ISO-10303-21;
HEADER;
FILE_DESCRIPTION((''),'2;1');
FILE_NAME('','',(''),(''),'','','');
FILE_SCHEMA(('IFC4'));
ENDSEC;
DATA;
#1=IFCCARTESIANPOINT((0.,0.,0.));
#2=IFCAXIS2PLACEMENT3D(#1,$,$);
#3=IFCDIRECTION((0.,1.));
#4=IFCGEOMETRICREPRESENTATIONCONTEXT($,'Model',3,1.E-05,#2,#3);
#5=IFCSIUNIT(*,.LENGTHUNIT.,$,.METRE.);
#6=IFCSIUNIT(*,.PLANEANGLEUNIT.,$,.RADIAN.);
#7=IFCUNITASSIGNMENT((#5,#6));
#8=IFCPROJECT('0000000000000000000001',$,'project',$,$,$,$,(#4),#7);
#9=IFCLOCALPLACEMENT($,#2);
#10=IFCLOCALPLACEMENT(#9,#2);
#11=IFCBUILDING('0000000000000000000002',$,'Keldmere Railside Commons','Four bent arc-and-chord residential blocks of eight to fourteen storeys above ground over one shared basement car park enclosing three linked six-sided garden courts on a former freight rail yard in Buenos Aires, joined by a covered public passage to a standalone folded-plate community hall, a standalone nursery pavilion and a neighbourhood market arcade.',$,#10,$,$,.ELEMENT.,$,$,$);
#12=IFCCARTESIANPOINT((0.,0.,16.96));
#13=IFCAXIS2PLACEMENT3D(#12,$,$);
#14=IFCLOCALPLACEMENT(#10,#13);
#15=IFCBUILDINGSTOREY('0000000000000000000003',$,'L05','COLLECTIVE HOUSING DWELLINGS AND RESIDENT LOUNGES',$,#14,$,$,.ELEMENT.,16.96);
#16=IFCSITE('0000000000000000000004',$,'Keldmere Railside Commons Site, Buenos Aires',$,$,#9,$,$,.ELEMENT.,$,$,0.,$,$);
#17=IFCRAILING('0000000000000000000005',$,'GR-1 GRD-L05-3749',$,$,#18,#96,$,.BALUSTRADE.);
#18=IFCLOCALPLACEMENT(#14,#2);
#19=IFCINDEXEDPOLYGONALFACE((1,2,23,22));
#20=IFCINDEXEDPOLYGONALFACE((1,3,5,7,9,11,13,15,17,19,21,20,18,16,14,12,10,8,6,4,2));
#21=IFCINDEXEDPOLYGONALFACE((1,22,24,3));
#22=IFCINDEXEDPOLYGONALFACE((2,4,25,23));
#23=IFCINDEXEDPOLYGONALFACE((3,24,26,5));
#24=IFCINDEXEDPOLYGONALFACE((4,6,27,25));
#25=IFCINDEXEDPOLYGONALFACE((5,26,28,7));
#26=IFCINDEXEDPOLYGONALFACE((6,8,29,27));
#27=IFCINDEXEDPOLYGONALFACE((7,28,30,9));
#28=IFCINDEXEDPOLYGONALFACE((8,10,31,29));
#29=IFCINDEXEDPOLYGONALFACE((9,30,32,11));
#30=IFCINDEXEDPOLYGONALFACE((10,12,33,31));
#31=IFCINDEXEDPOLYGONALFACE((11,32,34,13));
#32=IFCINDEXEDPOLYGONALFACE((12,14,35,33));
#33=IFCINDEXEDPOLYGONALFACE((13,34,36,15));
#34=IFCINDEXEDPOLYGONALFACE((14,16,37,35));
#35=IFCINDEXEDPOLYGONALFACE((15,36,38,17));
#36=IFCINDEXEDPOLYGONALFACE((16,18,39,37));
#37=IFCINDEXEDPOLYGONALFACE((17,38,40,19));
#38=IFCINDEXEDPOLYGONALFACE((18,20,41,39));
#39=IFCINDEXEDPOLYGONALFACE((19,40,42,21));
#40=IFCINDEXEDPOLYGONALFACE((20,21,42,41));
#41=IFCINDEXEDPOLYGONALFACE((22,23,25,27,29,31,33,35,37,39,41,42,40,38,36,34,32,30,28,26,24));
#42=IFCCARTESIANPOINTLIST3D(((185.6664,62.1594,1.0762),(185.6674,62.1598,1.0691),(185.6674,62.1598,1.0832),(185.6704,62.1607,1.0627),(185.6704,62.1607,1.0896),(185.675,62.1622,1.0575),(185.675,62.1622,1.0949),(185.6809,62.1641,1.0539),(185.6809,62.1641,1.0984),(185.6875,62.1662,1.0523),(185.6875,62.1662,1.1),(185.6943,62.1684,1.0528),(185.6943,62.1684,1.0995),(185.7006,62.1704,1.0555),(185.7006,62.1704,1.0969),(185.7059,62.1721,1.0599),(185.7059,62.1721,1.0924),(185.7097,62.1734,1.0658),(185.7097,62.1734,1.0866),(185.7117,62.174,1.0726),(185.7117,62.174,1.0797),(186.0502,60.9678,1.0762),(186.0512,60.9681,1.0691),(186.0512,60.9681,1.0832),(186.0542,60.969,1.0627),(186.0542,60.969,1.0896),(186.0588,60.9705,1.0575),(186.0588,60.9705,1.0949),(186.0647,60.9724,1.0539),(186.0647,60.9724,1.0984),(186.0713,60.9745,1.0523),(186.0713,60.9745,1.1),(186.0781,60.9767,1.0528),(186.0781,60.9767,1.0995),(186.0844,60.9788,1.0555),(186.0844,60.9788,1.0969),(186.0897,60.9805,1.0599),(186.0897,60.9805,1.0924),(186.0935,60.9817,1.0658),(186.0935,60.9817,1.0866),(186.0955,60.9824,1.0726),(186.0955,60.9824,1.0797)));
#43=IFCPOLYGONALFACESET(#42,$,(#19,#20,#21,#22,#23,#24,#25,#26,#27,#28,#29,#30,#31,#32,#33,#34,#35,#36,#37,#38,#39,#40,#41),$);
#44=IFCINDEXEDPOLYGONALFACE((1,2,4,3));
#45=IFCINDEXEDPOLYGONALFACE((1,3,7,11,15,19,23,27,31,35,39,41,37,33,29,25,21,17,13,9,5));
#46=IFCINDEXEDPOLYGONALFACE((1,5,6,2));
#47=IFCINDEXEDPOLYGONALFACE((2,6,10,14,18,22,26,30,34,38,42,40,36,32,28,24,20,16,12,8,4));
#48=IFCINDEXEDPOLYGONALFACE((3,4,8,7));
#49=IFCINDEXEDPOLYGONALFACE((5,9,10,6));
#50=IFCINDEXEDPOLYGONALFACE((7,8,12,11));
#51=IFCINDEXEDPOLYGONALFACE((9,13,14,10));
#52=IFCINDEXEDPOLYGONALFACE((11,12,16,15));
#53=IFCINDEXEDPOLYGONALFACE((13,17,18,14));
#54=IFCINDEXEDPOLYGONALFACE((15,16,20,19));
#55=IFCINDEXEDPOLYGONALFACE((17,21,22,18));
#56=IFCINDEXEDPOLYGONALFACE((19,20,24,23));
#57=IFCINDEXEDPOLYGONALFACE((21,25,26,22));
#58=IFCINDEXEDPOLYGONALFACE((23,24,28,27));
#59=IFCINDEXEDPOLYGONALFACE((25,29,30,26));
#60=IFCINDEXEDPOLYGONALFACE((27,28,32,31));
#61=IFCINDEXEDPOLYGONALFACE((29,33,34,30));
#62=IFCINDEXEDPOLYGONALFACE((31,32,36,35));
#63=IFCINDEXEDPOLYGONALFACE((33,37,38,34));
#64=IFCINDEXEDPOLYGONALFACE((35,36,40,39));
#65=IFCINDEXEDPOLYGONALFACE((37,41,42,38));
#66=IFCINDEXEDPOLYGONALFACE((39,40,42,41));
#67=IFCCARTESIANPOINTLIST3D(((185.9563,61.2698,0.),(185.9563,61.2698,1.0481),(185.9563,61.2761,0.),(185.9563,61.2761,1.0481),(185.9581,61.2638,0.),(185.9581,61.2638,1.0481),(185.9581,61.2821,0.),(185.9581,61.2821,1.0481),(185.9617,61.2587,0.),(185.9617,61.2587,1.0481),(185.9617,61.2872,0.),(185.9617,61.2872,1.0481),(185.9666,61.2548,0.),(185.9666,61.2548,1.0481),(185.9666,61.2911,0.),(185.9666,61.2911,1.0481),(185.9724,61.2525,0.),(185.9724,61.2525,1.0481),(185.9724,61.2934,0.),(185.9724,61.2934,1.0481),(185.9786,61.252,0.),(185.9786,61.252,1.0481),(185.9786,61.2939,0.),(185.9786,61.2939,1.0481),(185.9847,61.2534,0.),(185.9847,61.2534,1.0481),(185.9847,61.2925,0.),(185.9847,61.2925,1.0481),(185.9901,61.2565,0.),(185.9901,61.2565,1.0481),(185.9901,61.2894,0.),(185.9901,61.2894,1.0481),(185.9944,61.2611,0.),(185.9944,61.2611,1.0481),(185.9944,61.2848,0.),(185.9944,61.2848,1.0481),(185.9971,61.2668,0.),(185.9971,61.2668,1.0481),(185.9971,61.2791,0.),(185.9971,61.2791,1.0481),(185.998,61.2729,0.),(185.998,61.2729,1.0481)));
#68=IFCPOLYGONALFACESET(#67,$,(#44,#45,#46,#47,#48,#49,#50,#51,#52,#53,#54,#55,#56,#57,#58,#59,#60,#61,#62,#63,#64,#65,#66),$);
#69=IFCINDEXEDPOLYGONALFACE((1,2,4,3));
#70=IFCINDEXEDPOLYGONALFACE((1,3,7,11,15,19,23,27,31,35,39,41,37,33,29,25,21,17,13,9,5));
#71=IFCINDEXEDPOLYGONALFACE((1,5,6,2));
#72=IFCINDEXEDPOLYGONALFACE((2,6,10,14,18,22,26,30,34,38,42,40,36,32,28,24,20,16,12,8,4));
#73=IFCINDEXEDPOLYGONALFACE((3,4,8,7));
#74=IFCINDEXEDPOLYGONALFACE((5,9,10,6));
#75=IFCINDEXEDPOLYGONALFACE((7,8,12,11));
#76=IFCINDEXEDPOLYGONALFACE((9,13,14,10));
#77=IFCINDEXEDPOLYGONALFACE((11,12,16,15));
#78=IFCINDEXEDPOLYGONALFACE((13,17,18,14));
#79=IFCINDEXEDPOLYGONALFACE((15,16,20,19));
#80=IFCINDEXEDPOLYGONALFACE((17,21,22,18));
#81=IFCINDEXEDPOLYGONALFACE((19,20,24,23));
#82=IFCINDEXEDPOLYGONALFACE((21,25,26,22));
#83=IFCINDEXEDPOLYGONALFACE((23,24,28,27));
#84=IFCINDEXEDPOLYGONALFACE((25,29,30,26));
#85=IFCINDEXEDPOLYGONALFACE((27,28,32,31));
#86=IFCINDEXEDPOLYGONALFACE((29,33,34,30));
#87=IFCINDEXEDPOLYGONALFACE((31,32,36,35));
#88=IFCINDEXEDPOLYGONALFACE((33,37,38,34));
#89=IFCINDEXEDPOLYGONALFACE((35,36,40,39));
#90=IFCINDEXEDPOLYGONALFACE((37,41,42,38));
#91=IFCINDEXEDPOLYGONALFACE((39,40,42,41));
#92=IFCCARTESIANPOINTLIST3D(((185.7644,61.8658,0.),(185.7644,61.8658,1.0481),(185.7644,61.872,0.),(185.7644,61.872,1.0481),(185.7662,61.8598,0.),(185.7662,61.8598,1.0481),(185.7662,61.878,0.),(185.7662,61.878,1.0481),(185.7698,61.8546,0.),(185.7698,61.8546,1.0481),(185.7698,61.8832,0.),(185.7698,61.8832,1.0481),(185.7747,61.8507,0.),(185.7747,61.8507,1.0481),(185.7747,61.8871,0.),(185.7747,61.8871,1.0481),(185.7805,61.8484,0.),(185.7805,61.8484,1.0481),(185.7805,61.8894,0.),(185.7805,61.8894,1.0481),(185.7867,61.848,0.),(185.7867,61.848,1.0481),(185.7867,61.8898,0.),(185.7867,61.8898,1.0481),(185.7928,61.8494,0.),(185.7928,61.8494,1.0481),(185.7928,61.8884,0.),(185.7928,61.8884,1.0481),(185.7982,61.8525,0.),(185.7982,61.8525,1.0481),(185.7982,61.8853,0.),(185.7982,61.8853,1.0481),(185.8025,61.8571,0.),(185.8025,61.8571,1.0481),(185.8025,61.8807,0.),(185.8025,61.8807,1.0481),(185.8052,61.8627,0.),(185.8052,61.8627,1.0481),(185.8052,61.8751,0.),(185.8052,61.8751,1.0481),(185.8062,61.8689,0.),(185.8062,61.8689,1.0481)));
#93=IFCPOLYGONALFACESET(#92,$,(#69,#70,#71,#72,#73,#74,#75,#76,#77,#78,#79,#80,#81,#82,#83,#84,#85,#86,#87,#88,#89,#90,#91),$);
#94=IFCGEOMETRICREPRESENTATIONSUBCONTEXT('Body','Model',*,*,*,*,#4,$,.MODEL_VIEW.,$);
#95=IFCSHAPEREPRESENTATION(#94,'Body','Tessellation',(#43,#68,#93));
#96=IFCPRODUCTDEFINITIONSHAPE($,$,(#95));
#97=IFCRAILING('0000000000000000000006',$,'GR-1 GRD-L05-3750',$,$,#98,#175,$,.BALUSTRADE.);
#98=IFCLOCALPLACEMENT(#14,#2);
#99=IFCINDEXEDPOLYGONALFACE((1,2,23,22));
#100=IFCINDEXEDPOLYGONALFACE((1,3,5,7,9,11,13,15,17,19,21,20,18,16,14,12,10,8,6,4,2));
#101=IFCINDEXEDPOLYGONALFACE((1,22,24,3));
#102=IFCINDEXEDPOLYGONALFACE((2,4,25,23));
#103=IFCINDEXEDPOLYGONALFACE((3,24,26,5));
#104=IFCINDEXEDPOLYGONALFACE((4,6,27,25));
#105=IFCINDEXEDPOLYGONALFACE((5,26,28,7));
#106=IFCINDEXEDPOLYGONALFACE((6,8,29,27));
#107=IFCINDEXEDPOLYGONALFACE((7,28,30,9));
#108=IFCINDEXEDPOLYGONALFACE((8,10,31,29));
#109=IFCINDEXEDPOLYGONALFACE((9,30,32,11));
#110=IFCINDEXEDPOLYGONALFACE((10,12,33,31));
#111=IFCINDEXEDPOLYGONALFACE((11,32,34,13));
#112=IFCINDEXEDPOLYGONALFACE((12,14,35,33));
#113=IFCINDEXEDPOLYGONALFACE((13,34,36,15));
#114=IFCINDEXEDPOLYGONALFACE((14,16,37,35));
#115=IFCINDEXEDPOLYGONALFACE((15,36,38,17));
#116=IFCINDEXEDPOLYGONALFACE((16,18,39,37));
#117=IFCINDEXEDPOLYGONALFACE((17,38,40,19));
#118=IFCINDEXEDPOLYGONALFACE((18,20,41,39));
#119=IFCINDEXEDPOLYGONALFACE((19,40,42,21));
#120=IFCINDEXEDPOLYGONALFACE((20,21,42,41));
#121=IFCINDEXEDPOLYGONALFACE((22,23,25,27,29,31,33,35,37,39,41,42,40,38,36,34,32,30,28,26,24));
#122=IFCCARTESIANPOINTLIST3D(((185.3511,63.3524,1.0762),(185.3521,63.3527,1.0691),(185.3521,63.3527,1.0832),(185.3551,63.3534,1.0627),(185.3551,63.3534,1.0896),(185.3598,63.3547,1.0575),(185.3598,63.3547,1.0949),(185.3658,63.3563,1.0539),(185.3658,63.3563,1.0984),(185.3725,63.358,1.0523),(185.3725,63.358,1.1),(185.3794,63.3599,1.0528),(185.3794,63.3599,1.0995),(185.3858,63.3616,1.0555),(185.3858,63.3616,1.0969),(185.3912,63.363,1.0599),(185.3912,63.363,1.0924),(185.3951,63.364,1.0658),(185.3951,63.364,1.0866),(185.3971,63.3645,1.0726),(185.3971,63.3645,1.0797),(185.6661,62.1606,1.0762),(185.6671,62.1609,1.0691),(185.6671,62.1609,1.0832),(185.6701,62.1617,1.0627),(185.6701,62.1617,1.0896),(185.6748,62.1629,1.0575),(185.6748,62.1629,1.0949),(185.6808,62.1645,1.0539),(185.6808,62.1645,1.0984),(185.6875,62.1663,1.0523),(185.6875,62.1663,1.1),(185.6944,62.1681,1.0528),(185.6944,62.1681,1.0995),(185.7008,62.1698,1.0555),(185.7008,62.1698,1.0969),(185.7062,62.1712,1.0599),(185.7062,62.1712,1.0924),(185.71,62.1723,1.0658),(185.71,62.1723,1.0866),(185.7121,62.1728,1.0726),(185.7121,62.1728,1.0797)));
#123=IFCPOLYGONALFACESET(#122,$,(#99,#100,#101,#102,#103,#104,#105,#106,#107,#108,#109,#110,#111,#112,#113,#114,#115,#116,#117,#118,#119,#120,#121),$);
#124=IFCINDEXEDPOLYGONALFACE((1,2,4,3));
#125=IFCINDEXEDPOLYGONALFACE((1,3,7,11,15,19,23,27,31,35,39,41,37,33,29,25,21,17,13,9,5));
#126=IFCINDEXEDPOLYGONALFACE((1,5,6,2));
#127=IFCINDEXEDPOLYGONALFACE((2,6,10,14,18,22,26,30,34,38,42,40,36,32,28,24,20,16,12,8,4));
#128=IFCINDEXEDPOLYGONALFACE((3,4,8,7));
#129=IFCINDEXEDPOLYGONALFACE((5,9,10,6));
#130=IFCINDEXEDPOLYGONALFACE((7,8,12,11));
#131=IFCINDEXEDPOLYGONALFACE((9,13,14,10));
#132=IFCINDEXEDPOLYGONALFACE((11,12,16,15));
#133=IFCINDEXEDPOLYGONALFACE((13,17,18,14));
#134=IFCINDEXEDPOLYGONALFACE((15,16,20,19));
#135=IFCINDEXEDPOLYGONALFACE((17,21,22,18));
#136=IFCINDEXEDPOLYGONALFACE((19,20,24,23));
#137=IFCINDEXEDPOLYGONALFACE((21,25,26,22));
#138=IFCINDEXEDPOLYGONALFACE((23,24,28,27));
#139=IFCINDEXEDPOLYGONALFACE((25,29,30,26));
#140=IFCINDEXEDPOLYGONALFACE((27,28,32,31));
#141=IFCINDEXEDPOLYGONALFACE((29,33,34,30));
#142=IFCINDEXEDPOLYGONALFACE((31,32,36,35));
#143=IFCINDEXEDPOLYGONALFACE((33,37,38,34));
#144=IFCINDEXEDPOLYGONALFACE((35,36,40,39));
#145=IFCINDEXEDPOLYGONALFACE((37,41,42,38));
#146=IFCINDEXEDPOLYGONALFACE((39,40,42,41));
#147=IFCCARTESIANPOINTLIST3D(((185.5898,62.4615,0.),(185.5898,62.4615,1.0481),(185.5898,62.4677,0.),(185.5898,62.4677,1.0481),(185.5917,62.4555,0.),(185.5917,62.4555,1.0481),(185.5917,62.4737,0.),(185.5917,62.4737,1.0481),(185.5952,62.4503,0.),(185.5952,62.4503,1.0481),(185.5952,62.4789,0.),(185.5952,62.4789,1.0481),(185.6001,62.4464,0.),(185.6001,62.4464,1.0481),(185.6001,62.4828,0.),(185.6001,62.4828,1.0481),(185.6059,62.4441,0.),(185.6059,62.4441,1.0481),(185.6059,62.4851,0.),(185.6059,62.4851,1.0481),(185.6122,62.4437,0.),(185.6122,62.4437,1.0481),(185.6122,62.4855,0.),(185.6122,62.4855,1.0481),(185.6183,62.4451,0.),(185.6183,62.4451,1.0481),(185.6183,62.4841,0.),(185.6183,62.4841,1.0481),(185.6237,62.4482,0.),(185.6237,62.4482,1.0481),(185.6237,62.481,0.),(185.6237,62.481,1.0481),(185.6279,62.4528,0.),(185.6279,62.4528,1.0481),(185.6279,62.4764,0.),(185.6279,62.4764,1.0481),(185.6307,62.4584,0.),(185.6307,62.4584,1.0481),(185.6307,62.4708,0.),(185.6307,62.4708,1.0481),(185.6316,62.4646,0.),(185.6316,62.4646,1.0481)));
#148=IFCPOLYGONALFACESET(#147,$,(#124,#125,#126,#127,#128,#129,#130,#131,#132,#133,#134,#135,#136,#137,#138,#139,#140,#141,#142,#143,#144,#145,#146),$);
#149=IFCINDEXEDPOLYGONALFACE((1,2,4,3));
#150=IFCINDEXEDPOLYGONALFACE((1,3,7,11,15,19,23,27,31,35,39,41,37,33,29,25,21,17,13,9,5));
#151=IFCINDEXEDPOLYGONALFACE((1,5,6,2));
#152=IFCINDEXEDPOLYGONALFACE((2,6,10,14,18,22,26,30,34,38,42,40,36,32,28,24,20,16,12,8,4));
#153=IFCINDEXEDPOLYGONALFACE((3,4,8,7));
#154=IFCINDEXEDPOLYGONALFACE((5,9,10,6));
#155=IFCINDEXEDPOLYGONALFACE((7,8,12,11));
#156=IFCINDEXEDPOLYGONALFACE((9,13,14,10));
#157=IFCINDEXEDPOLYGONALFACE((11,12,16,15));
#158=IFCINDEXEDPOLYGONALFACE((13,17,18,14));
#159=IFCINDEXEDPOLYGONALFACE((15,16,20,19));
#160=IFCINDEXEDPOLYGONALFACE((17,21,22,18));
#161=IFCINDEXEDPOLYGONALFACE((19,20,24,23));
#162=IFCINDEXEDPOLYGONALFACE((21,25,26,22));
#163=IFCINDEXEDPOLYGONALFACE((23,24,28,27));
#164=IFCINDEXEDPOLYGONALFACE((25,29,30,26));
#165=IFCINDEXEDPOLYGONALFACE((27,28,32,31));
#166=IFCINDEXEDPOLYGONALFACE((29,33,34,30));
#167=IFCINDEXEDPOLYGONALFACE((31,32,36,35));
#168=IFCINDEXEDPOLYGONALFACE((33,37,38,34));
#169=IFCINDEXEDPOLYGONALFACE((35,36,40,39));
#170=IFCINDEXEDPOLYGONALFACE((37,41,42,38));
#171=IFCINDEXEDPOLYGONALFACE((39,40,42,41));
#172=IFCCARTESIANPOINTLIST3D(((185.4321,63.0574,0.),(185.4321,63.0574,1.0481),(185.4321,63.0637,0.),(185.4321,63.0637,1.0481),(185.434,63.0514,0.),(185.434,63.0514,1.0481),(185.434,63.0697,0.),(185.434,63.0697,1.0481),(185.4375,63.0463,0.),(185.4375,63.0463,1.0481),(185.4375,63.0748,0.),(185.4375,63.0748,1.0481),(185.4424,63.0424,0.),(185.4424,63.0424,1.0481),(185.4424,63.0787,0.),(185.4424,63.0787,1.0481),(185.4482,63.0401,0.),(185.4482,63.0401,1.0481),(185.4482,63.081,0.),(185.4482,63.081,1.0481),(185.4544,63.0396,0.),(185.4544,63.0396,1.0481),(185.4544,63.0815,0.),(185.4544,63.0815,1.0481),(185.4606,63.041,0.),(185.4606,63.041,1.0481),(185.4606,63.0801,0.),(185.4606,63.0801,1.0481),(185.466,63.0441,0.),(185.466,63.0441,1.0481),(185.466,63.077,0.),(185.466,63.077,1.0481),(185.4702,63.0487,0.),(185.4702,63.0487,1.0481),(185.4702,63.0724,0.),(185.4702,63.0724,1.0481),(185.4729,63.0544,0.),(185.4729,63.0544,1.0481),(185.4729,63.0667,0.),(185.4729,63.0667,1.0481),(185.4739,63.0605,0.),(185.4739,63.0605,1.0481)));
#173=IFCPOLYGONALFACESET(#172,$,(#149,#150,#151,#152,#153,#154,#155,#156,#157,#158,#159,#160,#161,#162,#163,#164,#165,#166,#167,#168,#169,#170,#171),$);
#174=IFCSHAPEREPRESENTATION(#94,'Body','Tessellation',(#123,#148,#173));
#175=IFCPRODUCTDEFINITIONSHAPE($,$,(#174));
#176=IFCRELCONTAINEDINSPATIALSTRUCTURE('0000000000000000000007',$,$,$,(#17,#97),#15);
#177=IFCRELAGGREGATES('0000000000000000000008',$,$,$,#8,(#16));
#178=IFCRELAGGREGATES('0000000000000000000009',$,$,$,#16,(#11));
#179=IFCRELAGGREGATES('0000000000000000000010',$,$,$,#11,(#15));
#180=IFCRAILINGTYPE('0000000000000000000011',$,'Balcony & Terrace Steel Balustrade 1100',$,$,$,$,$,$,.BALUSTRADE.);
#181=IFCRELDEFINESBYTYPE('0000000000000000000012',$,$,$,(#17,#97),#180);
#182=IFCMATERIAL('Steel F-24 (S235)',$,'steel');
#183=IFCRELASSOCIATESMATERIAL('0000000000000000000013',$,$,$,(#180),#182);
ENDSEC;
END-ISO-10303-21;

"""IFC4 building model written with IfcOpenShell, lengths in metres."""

from ifc_helpers import new_model, si_unit, direction, frame, origin, origin_2d, place, context, subcontext, project, spatial, circle, extrude, material, type_object, element, save


model = new_model("IFC4")

# Units and contexts
model_context = context("Model", 3, precision=1e-05, world=origin(), true_north=direction((0.0, 1.0)))
body_context = subcontext(model_context, "Body", "Model", "MODEL_VIEW")
ifc_project = project(units=[si_unit("LENGTHUNIT", "METRE"), si_unit("PLANEANGLEUNIT", "RADIAN")], contexts=[model_context])

# Site, building, storey
site_placement = place(None, origin())
site = spatial("IfcSite", under=ifc_project, at=site_placement, Name="Keldmere Railside Commons Site, Buenos Aires", CompositionType="ELEMENT", RefElevation=0.0)
building_placement = place(site_placement, origin())
building = spatial("IfcBuilding", under=site, at=building_placement, Name="Keldmere Railside Commons", Description="Four bent arc-and-chord residential blocks of eight to fourteen storeys above ground over one shared basement car park enclosing three linked six-sided garden courts on a former freight rail yard in Buenos Aires, joined by a covered public passage to a standalone folded-plate community hall, a standalone nursery pavilion and a neighbourhood market arcade.", CompositionType="ELEMENT")
storey_placement = place(building_placement, frame((0.0, 0.0, 16.96)))
storey = spatial("IfcBuildingStorey", under=building, at=storey_placement, Name="L05", Description="COLLECTIVE HOUSING DWELLINGS AND RESIDENT LOUNGES", CompositionType="ELEMENT", Elevation=16.96)

# Railings
ifc_material_1 = material(Name="Steel F-24 (S235)", Category="steel")
railing_type = type_object("IfcRailingType", Name="Balcony & Terrace Steel Balustrade 1100", PredefinedType="BALUSTRADE", material=ifc_material_1)
railing_1_placement = place(storey_placement, frame((186.073, 60.9751, 0.0)))
element("IfcRailing", 1, at=railing_1_placement, inside=storey, type_object=railing_type, Name="GR-1 GRD-L05-3749", PredefinedType="BALUSTRADE", context=body_context, shape_type="SweptSolid", body=[
    extrude(circle(Radius=0.0239, at=origin_2d()), frame((0.0, 0.0, 1.0762), z_axis=(-0.306558, 0.951852, 0.0), x_axis=(-0.951852, -0.306558, 0.0)), (0.0, 0.0, 1.0), 1.252),
    extrude(circle(Radius=0.021, at=origin_2d()), frame((-0.0959, 0.2979, 0.0)), (0.0, 0.0, 1.0), 1.0481),
    extrude(circle(Radius=0.021, at=origin_2d()), frame((-0.2878, 0.8938, 0.0)), (0.0, 0.0, 1.0), 1.0481),
])
railing_2_placement = place(storey_placement, frame((185.6892, 62.1667, 0.0)))
element("IfcRailing", 2, at=railing_2_placement, inside=storey, type_object=railing_type, Name="GR-1 GRD-L05-3750", PredefinedType="BALUSTRADE", context=body_context, shape_type="SweptSolid", body=[
    extrude(circle(Radius=0.0239, at=origin_2d()), frame((0.0, 0.0, 1.0762), z_axis=(-0.255517, 0.966805, 0.0), x_axis=(-0.966805, -0.255517, 0.0)), (0.0, 0.0, 1.0), 1.2327),
    extrude(circle(Radius=0.021, at=origin_2d()), frame((-0.0786, 0.2979, 0.0)), (0.0, 0.0, 1.0), 1.0481),
    extrude(circle(Radius=0.021, at=origin_2d()), frame((-0.2363, 0.8938, 0.0)), (0.0, 0.0, 1.0), 1.0481),
])

save(model, "model.ifc")
